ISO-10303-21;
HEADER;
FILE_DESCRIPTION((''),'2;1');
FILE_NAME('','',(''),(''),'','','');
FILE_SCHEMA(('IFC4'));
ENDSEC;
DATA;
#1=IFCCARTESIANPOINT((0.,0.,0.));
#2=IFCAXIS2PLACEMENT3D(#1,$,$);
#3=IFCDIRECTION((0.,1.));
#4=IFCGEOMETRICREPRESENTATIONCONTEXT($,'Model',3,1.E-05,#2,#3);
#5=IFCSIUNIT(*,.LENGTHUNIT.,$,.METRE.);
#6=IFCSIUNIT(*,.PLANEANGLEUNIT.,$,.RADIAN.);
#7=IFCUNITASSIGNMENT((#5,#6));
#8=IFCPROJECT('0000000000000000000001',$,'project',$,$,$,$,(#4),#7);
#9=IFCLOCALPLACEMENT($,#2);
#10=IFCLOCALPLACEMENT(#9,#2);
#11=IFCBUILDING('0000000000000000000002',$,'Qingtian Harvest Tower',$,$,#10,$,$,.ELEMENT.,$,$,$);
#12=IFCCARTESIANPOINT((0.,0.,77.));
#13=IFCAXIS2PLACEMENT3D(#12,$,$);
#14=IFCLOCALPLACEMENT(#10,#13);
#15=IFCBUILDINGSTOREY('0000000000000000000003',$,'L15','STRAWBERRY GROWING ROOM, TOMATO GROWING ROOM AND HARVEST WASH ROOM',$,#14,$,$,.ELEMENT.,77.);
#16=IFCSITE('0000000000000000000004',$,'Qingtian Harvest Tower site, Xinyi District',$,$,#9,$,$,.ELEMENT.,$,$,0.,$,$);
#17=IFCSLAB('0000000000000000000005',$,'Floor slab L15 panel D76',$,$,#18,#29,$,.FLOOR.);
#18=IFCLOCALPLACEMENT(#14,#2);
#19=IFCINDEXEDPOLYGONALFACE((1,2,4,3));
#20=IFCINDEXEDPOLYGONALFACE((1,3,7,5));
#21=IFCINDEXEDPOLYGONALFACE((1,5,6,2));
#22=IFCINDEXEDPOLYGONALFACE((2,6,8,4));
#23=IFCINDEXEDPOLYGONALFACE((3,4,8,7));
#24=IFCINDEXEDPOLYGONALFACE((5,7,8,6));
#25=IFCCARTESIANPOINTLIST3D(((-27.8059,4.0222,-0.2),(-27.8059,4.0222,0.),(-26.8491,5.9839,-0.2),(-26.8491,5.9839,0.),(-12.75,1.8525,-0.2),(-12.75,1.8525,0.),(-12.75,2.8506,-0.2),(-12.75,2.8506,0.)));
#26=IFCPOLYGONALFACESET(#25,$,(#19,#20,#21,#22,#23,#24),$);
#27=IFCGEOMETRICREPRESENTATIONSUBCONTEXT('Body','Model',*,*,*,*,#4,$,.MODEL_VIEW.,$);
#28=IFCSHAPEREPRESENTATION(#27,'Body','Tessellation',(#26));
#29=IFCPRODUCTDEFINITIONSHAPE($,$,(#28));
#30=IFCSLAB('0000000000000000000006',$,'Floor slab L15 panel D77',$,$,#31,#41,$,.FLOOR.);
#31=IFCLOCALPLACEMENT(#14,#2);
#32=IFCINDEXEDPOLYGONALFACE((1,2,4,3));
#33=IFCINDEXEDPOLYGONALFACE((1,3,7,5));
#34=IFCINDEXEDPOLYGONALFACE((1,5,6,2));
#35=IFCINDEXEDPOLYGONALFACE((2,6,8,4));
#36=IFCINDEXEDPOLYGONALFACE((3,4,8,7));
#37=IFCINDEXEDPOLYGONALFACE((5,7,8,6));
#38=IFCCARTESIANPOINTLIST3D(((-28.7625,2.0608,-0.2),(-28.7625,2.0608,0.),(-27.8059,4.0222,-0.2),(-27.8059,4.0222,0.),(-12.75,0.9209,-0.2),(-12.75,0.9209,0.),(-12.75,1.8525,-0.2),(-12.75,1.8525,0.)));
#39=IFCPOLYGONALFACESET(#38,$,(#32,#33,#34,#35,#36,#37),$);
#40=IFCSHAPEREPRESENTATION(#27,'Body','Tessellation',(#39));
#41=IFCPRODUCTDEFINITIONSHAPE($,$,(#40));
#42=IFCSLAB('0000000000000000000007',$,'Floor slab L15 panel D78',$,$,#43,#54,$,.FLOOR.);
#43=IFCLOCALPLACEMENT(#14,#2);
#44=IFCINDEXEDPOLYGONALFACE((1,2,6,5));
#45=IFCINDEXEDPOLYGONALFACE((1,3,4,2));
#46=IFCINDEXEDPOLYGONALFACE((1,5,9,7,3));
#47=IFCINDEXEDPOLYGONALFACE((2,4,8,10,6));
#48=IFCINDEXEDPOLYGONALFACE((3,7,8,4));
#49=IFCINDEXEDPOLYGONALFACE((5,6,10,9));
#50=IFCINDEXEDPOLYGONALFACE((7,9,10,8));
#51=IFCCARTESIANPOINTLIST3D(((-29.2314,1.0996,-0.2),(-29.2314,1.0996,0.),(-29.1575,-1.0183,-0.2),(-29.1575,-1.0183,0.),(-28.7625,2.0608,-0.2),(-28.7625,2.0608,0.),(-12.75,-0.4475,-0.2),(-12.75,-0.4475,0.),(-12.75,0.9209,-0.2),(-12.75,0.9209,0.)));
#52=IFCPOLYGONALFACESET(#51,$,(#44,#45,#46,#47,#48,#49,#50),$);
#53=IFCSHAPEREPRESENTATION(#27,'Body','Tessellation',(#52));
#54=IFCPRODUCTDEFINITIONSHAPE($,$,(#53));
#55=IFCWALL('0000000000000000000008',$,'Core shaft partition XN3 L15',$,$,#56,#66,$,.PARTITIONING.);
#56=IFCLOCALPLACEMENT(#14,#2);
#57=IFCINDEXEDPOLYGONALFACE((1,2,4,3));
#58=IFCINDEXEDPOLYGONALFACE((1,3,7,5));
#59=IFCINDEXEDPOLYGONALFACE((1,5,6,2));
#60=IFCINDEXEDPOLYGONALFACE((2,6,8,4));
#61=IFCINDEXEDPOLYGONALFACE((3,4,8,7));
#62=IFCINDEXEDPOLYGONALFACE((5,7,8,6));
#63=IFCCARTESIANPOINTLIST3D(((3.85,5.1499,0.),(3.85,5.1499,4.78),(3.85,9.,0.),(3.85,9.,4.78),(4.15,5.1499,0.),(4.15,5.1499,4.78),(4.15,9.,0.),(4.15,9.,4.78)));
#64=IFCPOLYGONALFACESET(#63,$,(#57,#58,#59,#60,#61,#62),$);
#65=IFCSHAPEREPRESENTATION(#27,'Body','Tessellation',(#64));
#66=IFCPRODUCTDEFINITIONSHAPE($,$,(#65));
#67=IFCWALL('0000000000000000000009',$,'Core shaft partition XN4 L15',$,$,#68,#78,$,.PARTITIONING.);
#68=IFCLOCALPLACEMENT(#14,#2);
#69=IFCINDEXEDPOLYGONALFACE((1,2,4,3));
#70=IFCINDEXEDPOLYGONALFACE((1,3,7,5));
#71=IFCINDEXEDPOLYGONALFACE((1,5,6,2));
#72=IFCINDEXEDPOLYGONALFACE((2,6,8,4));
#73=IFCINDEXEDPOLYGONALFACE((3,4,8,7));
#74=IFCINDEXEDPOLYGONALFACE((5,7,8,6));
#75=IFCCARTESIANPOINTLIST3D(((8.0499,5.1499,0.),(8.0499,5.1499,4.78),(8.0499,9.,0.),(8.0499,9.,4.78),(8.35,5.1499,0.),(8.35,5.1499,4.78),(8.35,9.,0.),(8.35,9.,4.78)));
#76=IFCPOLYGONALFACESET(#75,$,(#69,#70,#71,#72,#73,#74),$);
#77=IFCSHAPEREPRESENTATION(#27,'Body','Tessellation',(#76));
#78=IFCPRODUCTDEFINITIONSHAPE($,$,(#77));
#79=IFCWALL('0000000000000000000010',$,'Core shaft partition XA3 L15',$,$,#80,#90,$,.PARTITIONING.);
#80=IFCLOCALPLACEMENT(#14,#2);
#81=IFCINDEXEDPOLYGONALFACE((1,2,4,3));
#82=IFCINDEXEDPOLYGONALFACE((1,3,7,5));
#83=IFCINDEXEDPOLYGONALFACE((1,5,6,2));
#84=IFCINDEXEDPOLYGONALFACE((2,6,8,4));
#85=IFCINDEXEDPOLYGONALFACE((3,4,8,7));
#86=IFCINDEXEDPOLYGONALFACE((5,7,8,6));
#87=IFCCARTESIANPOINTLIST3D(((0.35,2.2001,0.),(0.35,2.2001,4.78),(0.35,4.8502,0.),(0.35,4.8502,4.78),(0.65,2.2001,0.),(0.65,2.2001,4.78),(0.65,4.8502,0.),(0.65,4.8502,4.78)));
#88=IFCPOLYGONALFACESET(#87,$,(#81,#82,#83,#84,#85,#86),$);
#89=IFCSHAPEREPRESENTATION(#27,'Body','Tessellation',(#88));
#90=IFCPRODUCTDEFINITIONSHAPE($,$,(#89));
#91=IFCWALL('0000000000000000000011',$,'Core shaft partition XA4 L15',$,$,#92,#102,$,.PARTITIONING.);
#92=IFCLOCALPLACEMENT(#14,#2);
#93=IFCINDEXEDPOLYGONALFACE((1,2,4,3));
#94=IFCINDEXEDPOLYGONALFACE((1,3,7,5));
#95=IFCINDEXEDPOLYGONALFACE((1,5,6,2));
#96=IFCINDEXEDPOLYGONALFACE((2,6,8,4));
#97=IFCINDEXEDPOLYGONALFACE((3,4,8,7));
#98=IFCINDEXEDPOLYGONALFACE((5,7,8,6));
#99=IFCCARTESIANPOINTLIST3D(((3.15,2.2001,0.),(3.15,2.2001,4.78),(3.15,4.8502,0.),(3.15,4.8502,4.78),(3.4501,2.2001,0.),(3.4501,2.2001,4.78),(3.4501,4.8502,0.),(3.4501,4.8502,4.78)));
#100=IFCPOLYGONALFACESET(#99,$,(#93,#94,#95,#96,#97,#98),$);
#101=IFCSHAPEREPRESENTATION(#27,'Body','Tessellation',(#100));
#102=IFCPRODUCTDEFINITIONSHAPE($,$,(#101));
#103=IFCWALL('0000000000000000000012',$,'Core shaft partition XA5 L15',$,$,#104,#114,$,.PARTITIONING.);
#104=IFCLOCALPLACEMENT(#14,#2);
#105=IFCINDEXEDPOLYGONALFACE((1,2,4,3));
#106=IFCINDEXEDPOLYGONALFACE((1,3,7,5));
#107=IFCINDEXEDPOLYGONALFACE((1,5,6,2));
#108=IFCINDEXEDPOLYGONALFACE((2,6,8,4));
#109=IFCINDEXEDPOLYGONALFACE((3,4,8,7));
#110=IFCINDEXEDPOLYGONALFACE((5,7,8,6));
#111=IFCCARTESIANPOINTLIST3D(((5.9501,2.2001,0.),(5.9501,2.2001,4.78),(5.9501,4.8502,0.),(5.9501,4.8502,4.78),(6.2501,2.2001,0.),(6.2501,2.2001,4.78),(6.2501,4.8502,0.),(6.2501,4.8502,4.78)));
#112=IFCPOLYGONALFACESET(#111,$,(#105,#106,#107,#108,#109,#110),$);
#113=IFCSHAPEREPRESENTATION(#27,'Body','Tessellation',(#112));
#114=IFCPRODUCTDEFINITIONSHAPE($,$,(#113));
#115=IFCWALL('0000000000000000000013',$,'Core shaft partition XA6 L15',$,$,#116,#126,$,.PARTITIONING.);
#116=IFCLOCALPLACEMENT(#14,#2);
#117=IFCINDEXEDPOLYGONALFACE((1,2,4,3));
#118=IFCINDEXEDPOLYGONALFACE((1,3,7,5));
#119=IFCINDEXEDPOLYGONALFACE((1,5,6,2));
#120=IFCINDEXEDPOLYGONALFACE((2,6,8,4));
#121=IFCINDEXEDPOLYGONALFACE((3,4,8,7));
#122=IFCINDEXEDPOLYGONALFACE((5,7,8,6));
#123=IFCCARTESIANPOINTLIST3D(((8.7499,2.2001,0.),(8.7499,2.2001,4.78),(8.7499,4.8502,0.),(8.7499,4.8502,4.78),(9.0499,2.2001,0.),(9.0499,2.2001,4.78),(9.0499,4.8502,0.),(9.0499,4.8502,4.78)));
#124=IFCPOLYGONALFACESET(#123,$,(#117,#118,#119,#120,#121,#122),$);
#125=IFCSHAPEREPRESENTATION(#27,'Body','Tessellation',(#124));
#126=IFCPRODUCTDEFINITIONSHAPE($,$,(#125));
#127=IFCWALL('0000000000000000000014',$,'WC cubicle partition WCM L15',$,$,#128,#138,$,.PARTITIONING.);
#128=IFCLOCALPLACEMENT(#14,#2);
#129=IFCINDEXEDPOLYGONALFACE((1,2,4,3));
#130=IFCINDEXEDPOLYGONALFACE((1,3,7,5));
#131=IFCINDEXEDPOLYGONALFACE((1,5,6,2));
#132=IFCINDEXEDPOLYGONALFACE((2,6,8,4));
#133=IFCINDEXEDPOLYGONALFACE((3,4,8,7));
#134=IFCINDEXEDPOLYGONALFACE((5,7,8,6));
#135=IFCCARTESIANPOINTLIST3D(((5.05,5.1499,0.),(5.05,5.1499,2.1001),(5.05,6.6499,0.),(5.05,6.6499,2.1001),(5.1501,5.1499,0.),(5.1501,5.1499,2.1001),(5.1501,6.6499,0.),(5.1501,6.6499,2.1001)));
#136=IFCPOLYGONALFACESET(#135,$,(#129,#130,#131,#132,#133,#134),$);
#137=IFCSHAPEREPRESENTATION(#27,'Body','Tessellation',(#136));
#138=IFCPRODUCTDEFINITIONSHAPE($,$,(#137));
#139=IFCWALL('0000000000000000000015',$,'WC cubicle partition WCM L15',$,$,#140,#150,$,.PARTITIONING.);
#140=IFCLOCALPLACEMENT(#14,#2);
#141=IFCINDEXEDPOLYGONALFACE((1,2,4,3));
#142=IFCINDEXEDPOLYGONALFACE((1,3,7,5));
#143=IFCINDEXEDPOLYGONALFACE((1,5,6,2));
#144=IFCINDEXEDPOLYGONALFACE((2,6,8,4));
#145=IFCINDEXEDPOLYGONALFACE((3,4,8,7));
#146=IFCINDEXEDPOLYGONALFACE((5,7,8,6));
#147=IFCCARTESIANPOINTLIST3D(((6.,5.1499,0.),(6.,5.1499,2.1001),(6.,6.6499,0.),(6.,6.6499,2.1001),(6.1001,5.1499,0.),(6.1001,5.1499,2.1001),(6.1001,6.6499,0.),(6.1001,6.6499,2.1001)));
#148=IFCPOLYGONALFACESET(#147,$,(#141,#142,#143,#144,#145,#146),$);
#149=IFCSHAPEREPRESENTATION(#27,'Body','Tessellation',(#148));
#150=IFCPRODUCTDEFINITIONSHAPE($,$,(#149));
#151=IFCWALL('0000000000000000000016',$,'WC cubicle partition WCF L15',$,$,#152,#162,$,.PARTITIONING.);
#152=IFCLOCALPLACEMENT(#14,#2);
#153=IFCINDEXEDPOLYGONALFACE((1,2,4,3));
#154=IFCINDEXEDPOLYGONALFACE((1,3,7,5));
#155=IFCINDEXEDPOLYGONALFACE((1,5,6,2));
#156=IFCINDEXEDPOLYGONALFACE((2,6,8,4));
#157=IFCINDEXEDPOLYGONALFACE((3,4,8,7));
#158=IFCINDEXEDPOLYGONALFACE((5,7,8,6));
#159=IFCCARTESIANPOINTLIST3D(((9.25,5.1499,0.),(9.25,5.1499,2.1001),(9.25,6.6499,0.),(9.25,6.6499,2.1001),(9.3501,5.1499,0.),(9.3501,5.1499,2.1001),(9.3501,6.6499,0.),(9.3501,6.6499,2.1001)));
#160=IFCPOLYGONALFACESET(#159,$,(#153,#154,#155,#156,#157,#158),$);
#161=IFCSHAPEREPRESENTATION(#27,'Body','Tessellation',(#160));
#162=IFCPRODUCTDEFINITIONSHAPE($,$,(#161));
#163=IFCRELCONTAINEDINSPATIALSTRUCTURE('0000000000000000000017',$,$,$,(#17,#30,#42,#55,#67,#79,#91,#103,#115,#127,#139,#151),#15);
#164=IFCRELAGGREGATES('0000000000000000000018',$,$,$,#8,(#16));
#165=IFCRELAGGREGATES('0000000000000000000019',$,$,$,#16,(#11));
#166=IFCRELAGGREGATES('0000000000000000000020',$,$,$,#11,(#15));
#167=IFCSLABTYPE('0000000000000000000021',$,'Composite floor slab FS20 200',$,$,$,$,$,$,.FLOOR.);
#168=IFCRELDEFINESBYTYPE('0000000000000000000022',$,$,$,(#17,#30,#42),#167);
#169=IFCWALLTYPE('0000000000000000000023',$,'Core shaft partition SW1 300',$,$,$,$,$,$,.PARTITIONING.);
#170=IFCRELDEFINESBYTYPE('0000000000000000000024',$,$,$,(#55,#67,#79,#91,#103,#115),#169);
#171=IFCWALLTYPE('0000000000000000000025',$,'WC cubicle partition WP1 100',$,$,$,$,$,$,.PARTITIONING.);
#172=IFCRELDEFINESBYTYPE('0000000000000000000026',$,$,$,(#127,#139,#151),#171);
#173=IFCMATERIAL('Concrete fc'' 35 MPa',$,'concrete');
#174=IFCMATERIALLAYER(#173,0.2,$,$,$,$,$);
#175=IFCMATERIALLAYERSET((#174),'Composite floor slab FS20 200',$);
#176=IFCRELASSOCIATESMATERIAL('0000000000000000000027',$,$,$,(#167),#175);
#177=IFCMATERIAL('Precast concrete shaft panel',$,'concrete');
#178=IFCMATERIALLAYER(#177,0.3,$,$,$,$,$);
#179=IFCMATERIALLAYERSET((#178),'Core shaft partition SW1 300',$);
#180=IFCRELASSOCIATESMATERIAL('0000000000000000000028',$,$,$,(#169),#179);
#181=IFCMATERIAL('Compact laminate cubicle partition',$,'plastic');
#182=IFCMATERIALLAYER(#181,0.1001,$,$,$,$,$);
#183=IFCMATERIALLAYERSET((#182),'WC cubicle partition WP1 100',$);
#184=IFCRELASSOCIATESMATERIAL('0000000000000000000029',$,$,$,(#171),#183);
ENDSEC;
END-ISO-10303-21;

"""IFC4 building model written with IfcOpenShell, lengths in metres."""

from ifc_helpers import new_model, si_unit, direction, frame, frame_2d, origin, place, context, subcontext, project, spatial, polyline, rectangle, outline, extrude, material, layer, layer_set, type_object, element, save


model = new_model("IFC4")

# Units and contexts
model_context = context("Model", 3, precision=1e-05, world=origin(), true_north=direction((0.0, 1.0)))
body_context = subcontext(model_context, "Body", "Model", "MODEL_VIEW")
ifc_project = project(units=[si_unit("LENGTHUNIT", "METRE"), si_unit("PLANEANGLEUNIT", "RADIAN")], contexts=[model_context])

# Site, building, storey
site_placement = place(None, origin())
site = spatial("IfcSite", under=ifc_project, at=site_placement, Name="Qingtian Harvest Tower site, Xinyi District", CompositionType="ELEMENT", RefElevation=0.0)
building_placement = place(site_placement, origin())
building = spatial("IfcBuilding", under=site, at=building_placement, Name="Qingtian Harvest Tower", CompositionType="ELEMENT")
storey_placement = place(building_placement, frame((0.0, 0.0, 77.0)))
storey = spatial("IfcBuildingStorey", under=building, at=storey_placement, Name="L15", Description="STRAWBERRY GROWING ROOM, TOMATO GROWING ROOM AND HARVEST WASH ROOM", CompositionType="ELEMENT", Elevation=77.0)

# Slabs
ifc_material_1 = material(Name="Concrete fc' 35 MPa", Category="concrete")
ifc_layer_1 = layer(ifc_material_1, 0.2)
ifc_layer_set_1 = layer_set([ifc_layer_1], Name="Composite floor slab FS20 200")
slab_type = type_object("IfcSlabType", Name="Composite floor slab FS20 200", PredefinedType="FLOOR", material=ifc_layer_set_1)
slab_1_placement = place(storey_placement, frame((0.0, 0.0, -0.2)))
element("IfcSlab", 1, at=slab_1_placement, inside=storey, type_object=slab_type, Name="Floor slab L15 panel D76", PredefinedType="FLOOR", context=body_context, shape_type="SweptSolid", body=[
    extrude(outline(polyline([(-12.75, 1.8525), (-27.8059, 4.0222), (-26.8491, 5.9839), (-12.75, 2.8506), (-12.75, 1.8525)])), origin(), (0.0, 0.0, 1.0), 0.2),
])
slab_2_placement = place(storey_placement, frame((0.0, 0.0, -0.2)))
element("IfcSlab", 2, at=slab_2_placement, inside=storey, type_object=slab_type, Name="Floor slab L15 panel D77", PredefinedType="FLOOR", context=body_context, shape_type="SweptSolid", body=[
    extrude(outline(polyline([(-12.75, 0.9209), (-28.7625, 2.0608), (-27.8059, 4.0222), (-12.75, 1.8525), (-12.75, 0.9209)])), origin(), (0.0, 0.0, 1.0), 0.2),
])
slab_3_placement = place(storey_placement, frame((0.0, 0.0, -0.2)))
element("IfcSlab", 3, at=slab_3_placement, inside=storey, type_object=slab_type, Name="Floor slab L15 panel D78", PredefinedType="FLOOR", context=body_context, shape_type="SweptSolid", body=[
    extrude(outline(polyline([(-12.75, 0.9209), (-12.75, -0.4475), (-29.1575, -1.0183), (-29.2314, 1.0996), (-28.7625, 2.0608), (-12.75, 0.9209)])), origin(), (0.0, 0.0, 1.0), 0.2),
])

# Shared definitions
ifc_material_2 = material(Name="Precast concrete shaft panel", Category="concrete")
ifc_layer_2 = layer(ifc_material_2, 0.3)
ifc_layer_set_2 = layer_set([ifc_layer_2], Name="Core shaft partition SW1 300")
wall_type_1 = type_object("IfcWallType", Name="Core shaft partition SW1 300", PredefinedType="PARTITIONING", material=ifc_layer_set_2)

# Walls
for number, where, z_axis, x_axis, name in (
    (4, (4.0, 5.1499, 0.0), (0.0, 0.0, 1.0), (0.0, 1.0, 0.0), "Core shaft partition XN3 L15"),
    (5, (8.2, 5.1499, 0.0), (0.0, 0.0, 1.0), (0.0, 1.0, 0.0), "Core shaft partition XN4 L15"),
):
    element("IfcWall", number, at=place(storey_placement, frame(where, z_axis=z_axis, x_axis=x_axis)), inside=storey, type_object=wall_type_1, Name=name, PredefinedType="PARTITIONING", context=body_context, shape_type="SweptSolid", body=[
        extrude(rectangle(XDim=3.8501, YDim=0.3, at=frame_2d((1.925, 0.0))), origin(), (0.0, 0.0, 1.0), 4.78),
    ])
for number, where, z_axis, x_axis, name in (
    (6, (0.5, 2.2, 0.0), (0.0, 0.0, 1.0), (0.0, 1.0, 0.0), "Core shaft partition XA3 L15"),
    (7, (3.3, 2.2, 0.0), (0.0, 0.0, 1.0), (0.0, 1.0, 0.0), "Core shaft partition XA4 L15"),
    (8, (6.1001, 2.2, 0.0), (0.0, 0.0, 1.0), (0.0, 1.0, 0.0), "Core shaft partition XA5 L15"),
    (9, (8.8999, 2.2, 0.0), (0.0, 0.0, 1.0), (0.0, 1.0, 0.0), "Core shaft partition XA6 L15"),
):
    element("IfcWall", number, at=place(storey_placement, frame(where, z_axis=z_axis, x_axis=x_axis)), inside=storey, type_object=wall_type_1, Name=name, PredefinedType="PARTITIONING", context=body_context, shape_type="SweptSolid", body=[
        extrude(rectangle(XDim=2.6501, YDim=0.3, at=frame_2d((1.3252, 0.0))), origin(), (0.0, 0.0, 1.0), 4.78),
    ])

# Walls
ifc_material_3 = material(Name="Compact laminate cubicle partition", Category="plastic")
ifc_layer_3 = layer(ifc_material_3, 0.1001)
ifc_layer_set_3 = layer_set([ifc_layer_3], Name="WC cubicle partition WP1 100")
wall_type_2 = type_object("IfcWallType", Name="WC cubicle partition WP1 100", PredefinedType="PARTITIONING", material=ifc_layer_set_3)
for number, where, z_axis, x_axis, name in (
    (10, (5.1001, 5.1499, 0.0), (0.0, 0.0, 1.0), (0.0, 1.0, 0.0), "WC cubicle partition WCM L15"),
    (11, (6.05, 5.1499, 0.0), (0.0, 0.0, 1.0), (0.0, 1.0, 0.0), "WC cubicle partition WCM L15"),
    (12, (9.3, 5.1499, 0.0), (0.0, 0.0, 1.0), (0.0, 1.0, 0.0), "WC cubicle partition WCF L15"),
):
    element("IfcWall", number, at=place(storey_placement, frame(where, z_axis=z_axis, x_axis=x_axis)), inside=storey, type_object=wall_type_2, Name=name, PredefinedType="PARTITIONING", context=body_context, shape_type="SweptSolid", body=[
        extrude(rectangle(XDim=1.5, YDim=0.1001, at=frame_2d((0.75, 0.0))), origin(), (0.0, 0.0, 1.0), 2.1001),
    ])

save(model, "model.ifc")
